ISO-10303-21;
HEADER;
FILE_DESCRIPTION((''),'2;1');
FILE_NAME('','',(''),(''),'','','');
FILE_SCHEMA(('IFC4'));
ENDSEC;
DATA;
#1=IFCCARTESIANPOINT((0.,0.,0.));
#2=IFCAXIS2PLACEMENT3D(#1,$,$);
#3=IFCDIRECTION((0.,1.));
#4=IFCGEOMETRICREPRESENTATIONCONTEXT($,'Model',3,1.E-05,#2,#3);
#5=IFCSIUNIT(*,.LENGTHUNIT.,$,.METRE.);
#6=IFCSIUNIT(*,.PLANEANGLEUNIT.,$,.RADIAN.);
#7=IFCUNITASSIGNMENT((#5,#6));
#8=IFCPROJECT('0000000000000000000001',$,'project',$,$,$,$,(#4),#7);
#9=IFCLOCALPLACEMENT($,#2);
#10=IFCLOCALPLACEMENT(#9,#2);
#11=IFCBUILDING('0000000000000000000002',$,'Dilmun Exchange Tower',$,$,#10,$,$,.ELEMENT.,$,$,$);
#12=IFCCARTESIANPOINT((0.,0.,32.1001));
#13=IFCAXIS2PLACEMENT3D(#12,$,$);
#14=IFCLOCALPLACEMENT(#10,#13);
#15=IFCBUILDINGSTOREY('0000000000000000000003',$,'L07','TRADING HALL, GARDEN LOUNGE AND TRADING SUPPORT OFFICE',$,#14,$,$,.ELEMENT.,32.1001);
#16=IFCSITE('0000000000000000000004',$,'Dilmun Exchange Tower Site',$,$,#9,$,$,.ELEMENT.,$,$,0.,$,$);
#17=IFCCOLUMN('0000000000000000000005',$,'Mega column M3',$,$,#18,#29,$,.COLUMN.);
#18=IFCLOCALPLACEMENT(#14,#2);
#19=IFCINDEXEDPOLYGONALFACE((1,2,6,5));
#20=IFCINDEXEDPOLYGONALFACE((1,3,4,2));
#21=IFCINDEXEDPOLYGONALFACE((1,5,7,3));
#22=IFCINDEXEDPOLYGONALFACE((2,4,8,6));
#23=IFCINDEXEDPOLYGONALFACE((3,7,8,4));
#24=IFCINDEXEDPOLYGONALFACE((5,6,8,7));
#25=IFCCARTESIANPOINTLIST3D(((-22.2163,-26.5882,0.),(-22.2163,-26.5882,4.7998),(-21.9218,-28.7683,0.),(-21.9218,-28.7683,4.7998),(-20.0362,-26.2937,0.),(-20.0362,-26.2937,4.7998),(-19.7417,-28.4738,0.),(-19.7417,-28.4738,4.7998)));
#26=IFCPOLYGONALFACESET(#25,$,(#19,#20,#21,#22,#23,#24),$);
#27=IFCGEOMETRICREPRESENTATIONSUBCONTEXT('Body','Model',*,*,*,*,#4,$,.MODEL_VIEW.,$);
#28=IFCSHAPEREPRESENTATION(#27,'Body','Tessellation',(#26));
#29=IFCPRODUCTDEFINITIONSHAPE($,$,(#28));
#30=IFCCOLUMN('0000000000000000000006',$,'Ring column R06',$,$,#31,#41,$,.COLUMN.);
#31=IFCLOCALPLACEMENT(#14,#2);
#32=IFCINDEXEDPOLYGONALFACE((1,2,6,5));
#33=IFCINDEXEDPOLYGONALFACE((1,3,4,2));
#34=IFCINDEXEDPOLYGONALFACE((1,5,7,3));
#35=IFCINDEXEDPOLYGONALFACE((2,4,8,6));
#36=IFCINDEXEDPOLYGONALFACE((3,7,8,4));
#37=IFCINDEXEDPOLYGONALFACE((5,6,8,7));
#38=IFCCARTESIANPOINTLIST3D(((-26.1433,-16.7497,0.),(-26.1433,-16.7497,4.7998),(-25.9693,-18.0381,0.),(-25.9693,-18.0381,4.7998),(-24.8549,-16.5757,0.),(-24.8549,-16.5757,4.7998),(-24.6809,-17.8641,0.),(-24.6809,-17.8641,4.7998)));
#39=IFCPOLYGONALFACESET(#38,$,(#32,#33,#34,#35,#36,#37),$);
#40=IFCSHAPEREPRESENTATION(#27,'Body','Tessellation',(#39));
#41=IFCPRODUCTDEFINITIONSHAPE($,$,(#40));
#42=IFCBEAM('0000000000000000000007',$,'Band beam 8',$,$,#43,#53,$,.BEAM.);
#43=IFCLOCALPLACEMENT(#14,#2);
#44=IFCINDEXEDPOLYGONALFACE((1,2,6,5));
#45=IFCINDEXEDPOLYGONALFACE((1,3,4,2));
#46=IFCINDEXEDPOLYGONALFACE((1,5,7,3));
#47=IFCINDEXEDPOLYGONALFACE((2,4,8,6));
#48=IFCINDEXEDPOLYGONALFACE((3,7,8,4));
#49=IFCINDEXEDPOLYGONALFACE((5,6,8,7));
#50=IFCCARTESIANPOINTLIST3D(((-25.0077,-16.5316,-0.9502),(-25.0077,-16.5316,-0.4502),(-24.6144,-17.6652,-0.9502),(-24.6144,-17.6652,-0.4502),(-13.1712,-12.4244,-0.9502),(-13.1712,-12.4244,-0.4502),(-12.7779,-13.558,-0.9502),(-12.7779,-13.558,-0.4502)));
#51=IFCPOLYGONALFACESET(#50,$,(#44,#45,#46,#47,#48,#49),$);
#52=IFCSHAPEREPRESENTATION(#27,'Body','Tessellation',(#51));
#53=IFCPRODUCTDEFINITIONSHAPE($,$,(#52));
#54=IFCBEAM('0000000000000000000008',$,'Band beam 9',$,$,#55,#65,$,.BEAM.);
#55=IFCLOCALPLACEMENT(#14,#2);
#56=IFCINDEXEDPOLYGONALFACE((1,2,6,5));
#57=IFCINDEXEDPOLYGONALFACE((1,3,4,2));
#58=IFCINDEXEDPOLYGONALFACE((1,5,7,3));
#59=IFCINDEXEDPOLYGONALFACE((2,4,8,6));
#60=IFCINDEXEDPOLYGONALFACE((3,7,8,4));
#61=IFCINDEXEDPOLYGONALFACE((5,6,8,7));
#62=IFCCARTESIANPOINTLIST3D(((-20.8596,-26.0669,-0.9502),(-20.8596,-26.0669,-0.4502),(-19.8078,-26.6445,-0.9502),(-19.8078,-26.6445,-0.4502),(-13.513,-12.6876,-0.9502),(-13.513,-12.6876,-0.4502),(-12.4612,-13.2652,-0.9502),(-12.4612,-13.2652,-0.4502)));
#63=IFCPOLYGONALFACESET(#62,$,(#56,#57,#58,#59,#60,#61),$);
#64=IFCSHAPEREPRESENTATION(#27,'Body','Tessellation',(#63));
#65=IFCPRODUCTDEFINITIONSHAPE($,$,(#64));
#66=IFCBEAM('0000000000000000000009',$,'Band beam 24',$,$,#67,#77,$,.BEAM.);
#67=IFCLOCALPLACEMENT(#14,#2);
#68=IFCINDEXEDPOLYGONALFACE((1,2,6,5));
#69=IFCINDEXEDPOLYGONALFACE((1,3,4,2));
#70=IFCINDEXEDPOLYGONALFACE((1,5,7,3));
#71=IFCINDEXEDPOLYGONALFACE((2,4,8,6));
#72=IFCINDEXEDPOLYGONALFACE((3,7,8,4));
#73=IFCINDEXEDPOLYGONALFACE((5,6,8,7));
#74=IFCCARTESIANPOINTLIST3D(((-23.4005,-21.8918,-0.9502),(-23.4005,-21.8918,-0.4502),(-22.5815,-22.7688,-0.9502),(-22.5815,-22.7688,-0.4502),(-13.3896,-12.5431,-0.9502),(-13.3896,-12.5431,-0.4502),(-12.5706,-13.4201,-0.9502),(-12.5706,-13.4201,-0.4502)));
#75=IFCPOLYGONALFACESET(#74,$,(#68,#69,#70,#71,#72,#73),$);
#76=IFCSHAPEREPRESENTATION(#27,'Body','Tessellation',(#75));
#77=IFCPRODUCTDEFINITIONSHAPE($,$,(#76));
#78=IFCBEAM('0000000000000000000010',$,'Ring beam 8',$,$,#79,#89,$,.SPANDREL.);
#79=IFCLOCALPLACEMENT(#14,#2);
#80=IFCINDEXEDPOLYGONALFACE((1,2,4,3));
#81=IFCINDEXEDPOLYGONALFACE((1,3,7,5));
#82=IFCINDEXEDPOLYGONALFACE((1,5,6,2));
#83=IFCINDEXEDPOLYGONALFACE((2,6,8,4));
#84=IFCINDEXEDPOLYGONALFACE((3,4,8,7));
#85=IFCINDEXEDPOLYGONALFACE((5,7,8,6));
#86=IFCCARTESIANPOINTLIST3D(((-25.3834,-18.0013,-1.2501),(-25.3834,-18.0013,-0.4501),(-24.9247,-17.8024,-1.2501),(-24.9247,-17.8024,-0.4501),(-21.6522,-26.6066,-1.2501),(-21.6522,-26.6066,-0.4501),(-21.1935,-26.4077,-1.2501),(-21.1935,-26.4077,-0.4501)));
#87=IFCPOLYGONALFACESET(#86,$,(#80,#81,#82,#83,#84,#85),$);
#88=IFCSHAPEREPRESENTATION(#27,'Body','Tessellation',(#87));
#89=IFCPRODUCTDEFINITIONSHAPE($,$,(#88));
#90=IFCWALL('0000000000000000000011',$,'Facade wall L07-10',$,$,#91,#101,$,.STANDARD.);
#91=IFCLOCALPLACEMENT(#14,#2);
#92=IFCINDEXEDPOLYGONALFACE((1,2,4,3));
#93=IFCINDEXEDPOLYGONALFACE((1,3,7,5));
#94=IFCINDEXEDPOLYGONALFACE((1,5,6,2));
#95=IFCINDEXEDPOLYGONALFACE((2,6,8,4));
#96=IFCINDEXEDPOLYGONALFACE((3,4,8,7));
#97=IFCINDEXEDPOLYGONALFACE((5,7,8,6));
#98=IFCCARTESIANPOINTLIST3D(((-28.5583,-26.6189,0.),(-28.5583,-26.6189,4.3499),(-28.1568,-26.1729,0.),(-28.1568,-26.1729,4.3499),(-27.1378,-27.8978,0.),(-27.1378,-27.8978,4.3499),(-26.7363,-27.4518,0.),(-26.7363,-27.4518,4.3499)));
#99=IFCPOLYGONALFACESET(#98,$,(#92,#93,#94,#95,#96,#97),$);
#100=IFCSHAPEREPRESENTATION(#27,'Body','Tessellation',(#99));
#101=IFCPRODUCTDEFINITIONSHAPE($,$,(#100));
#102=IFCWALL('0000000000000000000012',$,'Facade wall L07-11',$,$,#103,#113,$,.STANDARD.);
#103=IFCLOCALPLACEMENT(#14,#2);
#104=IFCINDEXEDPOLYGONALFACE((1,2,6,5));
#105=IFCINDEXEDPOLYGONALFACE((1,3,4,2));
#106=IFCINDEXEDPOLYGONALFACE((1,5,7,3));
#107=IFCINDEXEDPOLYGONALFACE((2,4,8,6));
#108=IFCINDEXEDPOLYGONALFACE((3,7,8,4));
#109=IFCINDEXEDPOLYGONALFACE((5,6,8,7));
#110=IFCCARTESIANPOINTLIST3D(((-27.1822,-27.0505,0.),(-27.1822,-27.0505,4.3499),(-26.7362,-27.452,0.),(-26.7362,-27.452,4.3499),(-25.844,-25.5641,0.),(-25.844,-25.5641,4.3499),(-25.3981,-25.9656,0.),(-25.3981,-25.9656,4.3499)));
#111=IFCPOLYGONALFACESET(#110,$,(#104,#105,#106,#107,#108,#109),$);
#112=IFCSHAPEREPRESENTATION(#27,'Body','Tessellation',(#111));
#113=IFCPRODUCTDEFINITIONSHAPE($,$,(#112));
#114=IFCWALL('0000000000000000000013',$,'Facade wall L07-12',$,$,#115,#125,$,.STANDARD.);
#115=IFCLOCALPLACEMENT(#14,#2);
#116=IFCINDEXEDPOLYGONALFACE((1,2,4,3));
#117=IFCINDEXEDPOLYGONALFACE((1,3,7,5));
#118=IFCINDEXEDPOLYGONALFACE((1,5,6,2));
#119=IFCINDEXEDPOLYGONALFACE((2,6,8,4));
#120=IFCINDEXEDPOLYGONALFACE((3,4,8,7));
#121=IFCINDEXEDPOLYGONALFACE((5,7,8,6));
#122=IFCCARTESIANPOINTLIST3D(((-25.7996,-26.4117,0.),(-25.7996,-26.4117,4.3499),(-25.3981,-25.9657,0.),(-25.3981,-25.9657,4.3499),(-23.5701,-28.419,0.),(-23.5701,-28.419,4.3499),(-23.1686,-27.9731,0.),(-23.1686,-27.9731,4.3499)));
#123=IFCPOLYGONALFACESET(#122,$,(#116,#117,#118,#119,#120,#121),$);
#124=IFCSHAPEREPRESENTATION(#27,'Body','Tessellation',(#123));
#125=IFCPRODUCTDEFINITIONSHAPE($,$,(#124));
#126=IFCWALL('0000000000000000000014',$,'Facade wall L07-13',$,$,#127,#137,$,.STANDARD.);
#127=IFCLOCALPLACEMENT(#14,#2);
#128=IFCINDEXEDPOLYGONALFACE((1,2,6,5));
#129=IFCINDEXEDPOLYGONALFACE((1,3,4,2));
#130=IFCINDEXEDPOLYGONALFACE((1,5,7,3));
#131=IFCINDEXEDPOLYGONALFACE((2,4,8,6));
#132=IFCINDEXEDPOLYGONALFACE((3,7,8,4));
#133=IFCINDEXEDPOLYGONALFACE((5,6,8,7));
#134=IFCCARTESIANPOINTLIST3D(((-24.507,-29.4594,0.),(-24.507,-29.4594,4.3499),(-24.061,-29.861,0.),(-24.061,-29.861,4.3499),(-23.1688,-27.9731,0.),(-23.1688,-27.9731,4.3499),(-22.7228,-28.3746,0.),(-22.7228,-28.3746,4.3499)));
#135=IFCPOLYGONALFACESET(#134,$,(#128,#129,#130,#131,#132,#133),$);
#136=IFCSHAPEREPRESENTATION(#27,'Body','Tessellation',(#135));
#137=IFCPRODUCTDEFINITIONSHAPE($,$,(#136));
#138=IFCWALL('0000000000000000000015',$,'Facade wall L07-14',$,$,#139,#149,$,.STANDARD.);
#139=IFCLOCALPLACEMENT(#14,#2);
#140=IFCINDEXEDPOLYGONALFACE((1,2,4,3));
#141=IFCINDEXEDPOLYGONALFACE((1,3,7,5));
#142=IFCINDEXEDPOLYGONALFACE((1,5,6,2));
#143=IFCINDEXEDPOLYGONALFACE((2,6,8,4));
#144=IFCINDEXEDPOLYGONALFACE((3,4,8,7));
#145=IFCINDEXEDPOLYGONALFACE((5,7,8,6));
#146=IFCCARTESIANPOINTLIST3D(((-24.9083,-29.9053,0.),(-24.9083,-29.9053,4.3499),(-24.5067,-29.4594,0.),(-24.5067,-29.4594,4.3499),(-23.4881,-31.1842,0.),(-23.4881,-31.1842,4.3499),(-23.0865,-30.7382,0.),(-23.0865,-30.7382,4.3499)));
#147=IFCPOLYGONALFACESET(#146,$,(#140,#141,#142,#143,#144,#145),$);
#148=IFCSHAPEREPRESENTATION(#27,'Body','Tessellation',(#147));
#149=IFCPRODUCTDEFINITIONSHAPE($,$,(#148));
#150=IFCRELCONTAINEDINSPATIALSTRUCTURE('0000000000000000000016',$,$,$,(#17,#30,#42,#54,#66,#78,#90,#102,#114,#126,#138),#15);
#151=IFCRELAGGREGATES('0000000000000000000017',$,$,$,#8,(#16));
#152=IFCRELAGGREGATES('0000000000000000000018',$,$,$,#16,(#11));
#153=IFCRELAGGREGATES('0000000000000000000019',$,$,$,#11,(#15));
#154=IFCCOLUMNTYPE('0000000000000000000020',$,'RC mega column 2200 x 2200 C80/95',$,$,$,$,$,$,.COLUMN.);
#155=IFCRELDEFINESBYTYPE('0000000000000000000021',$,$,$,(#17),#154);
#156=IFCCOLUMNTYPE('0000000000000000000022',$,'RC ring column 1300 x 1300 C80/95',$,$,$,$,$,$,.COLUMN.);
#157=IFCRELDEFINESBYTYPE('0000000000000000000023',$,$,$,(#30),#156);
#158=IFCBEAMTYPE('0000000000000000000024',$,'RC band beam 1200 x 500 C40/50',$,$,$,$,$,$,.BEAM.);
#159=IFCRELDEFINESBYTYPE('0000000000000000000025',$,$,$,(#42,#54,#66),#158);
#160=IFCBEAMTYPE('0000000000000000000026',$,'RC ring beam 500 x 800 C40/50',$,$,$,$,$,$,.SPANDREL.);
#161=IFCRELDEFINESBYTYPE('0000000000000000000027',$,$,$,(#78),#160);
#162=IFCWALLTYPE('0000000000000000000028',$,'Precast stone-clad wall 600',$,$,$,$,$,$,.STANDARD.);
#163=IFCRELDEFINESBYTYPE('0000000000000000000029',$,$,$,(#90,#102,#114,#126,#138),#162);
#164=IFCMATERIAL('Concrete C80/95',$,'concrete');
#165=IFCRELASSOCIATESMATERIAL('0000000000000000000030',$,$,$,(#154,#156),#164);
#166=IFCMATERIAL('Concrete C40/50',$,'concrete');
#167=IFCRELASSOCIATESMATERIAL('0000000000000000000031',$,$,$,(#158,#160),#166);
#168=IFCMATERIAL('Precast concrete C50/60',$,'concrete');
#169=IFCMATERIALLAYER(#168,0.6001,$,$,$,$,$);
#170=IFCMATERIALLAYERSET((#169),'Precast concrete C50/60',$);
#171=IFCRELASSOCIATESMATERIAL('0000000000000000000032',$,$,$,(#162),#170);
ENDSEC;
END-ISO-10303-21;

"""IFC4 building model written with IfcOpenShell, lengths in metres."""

from ifc_helpers import new_model, si_unit, direction, frame, frame_2d, origin, origin_2d, place, context, subcontext, project, spatial, rectangle, extrude, material, layer, layer_set, material_profile, profile_set, type_object, element, save


model = new_model("IFC4")

# Units and contexts
model_context = context("Model", 3, precision=1e-05, world=origin(), true_north=direction((0.0, 1.0)))
body_context = subcontext(model_context, "Body", "Model", "MODEL_VIEW")
ifc_project = project(units=[si_unit("LENGTHUNIT", "METRE"), si_unit("PLANEANGLEUNIT", "RADIAN")], contexts=[model_context])

# Site, building, storey
site_placement = place(None, origin())
site = spatial("IfcSite", under=ifc_project, at=site_placement, Name="Dilmun Exchange Tower Site", CompositionType="ELEMENT", RefElevation=0.0)
building_placement = place(site_placement, origin())
building = spatial("IfcBuilding", under=site, at=building_placement, Name="Dilmun Exchange Tower", CompositionType="ELEMENT")
storey_placement = place(building_placement, frame((0.0, 0.0, 32.1001)))
storey = spatial("IfcBuildingStorey", under=building, at=storey_placement, Name="L07", Description="TRADING HALL, GARDEN LOUNGE AND TRADING SUPPORT OFFICE", CompositionType="ELEMENT", Elevation=32.1001)

# Columns
ifc_material_1 = material(Name="Concrete C80/95", Category="concrete")
ifc_material_profile_1 = material_profile(ifc_material_1, rectangle(XDim=2.2, YDim=2.2, at=origin_2d()), Name="2200 x 2200")
ifc_profile_set_1 = profile_set([ifc_material_profile_1], Name="Concrete C80/95")
column_type_1 = type_object("IfcColumnType", Name="RC mega column 2200 x 2200 C80/95", PredefinedType="COLUMN", material=ifc_profile_set_1)
column_1_placement = place(storey_placement, frame((-20.979, -27.531, 0.0), z_axis=(0.0, 0.0, 1.0), x_axis=(0.991001, 0.133853, 0.0)))
element("IfcColumn", 1, at=column_1_placement, inside=storey, type_object=column_type_1, Name="Mega column M3", PredefinedType="COLUMN", context=body_context, shape_type="SweptSolid", body=[
    extrude(rectangle(XDim=2.2, YDim=2.2, at=origin_2d()), origin(), (0.0, 0.0, 1.0), 4.7998),
])
ifc_material_profile_2 = material_profile(ifc_material_1, rectangle(XDim=1.3, YDim=1.3, at=origin_2d()), Name="1300 x 1300")
ifc_profile_set_2 = profile_set([ifc_material_profile_2], Name="Concrete C80/95")
column_type_2 = type_object("IfcColumnType", Name="RC ring column 1300 x 1300 C80/95", PredefinedType="COLUMN", material=ifc_profile_set_2)
column_2_placement = place(storey_placement, frame((-25.4121, -17.3069, 0.0), z_axis=(0.0, 0.0, 1.0), x_axis=(0.991001, 0.133853, 0.0)))
element("IfcColumn", 2, at=column_2_placement, inside=storey, type_object=column_type_2, Name="Ring column R06", PredefinedType="COLUMN", context=body_context, shape_type="SweptSolid", body=[
    extrude(rectangle(XDim=1.3, YDim=1.3, at=origin_2d()), origin(), (0.0, 0.0, 1.0), 4.7998),
])

# Beams
ifc_material_2 = material(Name="Concrete C40/50", Category="concrete")
ifc_material_profile_3 = material_profile(ifc_material_2, rectangle(XDim=1.2, YDim=0.5, at=origin_2d()), Name="1200 x 500")
ifc_profile_set_3 = profile_set([ifc_material_profile_3], Name="Concrete C40/50")
beam_type_1 = type_object("IfcBeamType", Name="RC band beam 1200 x 500 C40/50", PredefinedType="BEAM", material=ifc_profile_set_3)
beam_1_placement = place(storey_placement, frame((-24.811, -17.0984, -0.7002), z_axis=(0.94474, 0.32782, 0.0), x_axis=(-0.32782, 0.94474, 0.0)))
element("IfcBeam", 3, at=beam_1_placement, inside=storey, type_object=beam_type_1, Name="Band beam 8", PredefinedType="BEAM", context=body_context, shape_type="SweptSolid", body=[
    extrude(rectangle(XDim=1.2, YDim=0.5, at=origin_2d()), origin(), (0.0, 0.0, 1.0), 12.5288),
])
beam_2_placement = place(storey_placement, frame((-20.3337, -26.3557, -0.7002), z_axis=(0.481316, 0.876547, 0.0), x_axis=(-0.876547, 0.481316, 0.0)))
element("IfcBeam", 4, at=beam_2_placement, inside=storey, type_object=beam_type_1, Name="Band beam 9", PredefinedType="BEAM", context=body_context, shape_type="SweptSolid", body=[
    extrude(rectangle(XDim=1.2, YDim=0.5, at=origin_2d()), origin(), (0.0, 0.0, 1.0), 15.2637),
])
beam_3_placement = place(storey_placement, frame((-22.991, -22.3303, -0.7002), z_axis=(0.730863, 0.682524, 0.0), x_axis=(-0.682524, 0.730863, 0.0)))
element("IfcBeam", 5, at=beam_3_placement, inside=storey, type_object=beam_type_1, Name="Band beam 24", PredefinedType="BEAM", context=body_context, shape_type="SweptSolid", body=[
    extrude(rectangle(XDim=1.2, YDim=0.5, at=origin_2d()), origin(), (0.0, 0.0, 1.0), 13.6973),
])
ifc_material_profile_4 = material_profile(ifc_material_2, rectangle(XDim=0.5, YDim=0.8, at=origin_2d()), Name="500 x 800")
ifc_profile_set_4 = profile_set([ifc_material_profile_4], Name="Concrete C40/50")
beam_type_2 = type_object("IfcBeamType", Name="RC ring beam 500 x 800 C40/50", PredefinedType="SPANDREL", material=ifc_profile_set_4)
beam_4_placement = place(storey_placement, frame((-25.1541, -17.9019, -0.8501), z_axis=(0.397811, -0.917467, 0.0), x_axis=(0.917467, 0.397811, 0.0)))
element("IfcBeam", 6, at=beam_4_placement, inside=storey, type_object=beam_type_2, Name="Ring beam 8", PredefinedType="SPANDREL", context=body_context, shape_type="SweptSolid", body=[
    extrude(rectangle(XDim=0.5, YDim=0.8, at=origin_2d()), origin(), (0.0, 0.0, 1.0), 9.3794),
])

# Walls
ifc_material_3 = material(Name="Precast concrete C50/60", Category="concrete")
ifc_layer = layer(ifc_material_3, 0.6001)
ifc_layer_set = layer_set([ifc_layer], Name="Precast concrete C50/60")
wall_type = type_object("IfcWallType", Name="Precast stone-clad wall 600", PredefinedType="STANDARD", material=ifc_layer_set)
wall_1_placement = place(storey_placement, frame((-28.3574, -26.396, 0.0), z_axis=(0.0, 0.0, 1.0), x_axis=(0.74318, -0.669092, 0.0)))
element("IfcWall", 7, at=wall_1_placement, inside=storey, type_object=wall_type, Name="Facade wall L07-10", PredefinedType="STANDARD", context=body_context, shape_type="SweptSolid", body=[
    extrude(rectangle(XDim=1.9114, YDim=0.6001, at=frame_2d((0.9556, 0.0))), origin(), (0.0, 0.0, 1.0), 4.3499),
])
wall_2_placement = place(storey_placement, frame((-26.9592, -27.2512, 0.0), z_axis=(0.0, 0.0, 1.0), x_axis=(0.669086, 0.743185, 0.0)))
element("IfcWall", 8, at=wall_2_placement, inside=storey, type_object=wall_type, Name="Facade wall L07-11", PredefinedType="STANDARD", context=body_context, shape_type="SweptSolid", body=[
    extrude(rectangle(XDim=2.0, YDim=0.6001, at=frame_2d((1.0, 0.0))), origin(), (0.0, 0.0, 1.0), 4.3499),
])
wall_3_placement = place(storey_placement, frame((-25.5989, -26.1887, 0.0), z_axis=(0.0, 0.0, 1.0), x_axis=(0.743165, -0.669109, 0.0)))
element("IfcWall", 9, at=wall_3_placement, inside=storey, type_object=wall_type, Name="Facade wall L07-12", PredefinedType="STANDARD", context=body_context, shape_type="SweptSolid", body=[
    extrude(rectangle(XDim=3.0, YDim=0.6001, at=frame_2d((1.5, 0.0))), origin(), (0.0, 0.0, 1.0), 4.3499),
])
wall_4_placement = place(storey_placement, frame((-22.9458, -28.1738, 0.0), z_axis=(0.0, 0.0, 1.0), x_axis=(-0.669086, -0.743185, 0.0)))
element("IfcWall", 10, at=wall_4_placement, inside=storey, type_object=wall_type, Name="Facade wall L07-13", PredefinedType="STANDARD", context=body_context, shape_type="SweptSolid", body=[
    extrude(rectangle(XDim=2.0, YDim=0.6001, at=frame_2d((1.0, 0.0))), origin(), (0.0, 0.0, 1.0), 4.3499),
])
wall_5_placement = place(storey_placement, frame((-24.7075, -29.6824, 0.0), z_axis=(0.0, 0.0, 1.0), x_axis=(0.743123, -0.669155, 0.0)))
element("IfcWall", 11, at=wall_5_placement, inside=storey, type_object=wall_type, Name="Facade wall L07-14", PredefinedType="STANDARD", context=body_context, shape_type="SweptSolid", body=[
    extrude(rectangle(XDim=1.9111, YDim=0.6001, at=frame_2d((0.9556, 0.0))), origin(), (0.0, 0.0, 1.0), 4.3499),
])

save(model, "model.ifc")
